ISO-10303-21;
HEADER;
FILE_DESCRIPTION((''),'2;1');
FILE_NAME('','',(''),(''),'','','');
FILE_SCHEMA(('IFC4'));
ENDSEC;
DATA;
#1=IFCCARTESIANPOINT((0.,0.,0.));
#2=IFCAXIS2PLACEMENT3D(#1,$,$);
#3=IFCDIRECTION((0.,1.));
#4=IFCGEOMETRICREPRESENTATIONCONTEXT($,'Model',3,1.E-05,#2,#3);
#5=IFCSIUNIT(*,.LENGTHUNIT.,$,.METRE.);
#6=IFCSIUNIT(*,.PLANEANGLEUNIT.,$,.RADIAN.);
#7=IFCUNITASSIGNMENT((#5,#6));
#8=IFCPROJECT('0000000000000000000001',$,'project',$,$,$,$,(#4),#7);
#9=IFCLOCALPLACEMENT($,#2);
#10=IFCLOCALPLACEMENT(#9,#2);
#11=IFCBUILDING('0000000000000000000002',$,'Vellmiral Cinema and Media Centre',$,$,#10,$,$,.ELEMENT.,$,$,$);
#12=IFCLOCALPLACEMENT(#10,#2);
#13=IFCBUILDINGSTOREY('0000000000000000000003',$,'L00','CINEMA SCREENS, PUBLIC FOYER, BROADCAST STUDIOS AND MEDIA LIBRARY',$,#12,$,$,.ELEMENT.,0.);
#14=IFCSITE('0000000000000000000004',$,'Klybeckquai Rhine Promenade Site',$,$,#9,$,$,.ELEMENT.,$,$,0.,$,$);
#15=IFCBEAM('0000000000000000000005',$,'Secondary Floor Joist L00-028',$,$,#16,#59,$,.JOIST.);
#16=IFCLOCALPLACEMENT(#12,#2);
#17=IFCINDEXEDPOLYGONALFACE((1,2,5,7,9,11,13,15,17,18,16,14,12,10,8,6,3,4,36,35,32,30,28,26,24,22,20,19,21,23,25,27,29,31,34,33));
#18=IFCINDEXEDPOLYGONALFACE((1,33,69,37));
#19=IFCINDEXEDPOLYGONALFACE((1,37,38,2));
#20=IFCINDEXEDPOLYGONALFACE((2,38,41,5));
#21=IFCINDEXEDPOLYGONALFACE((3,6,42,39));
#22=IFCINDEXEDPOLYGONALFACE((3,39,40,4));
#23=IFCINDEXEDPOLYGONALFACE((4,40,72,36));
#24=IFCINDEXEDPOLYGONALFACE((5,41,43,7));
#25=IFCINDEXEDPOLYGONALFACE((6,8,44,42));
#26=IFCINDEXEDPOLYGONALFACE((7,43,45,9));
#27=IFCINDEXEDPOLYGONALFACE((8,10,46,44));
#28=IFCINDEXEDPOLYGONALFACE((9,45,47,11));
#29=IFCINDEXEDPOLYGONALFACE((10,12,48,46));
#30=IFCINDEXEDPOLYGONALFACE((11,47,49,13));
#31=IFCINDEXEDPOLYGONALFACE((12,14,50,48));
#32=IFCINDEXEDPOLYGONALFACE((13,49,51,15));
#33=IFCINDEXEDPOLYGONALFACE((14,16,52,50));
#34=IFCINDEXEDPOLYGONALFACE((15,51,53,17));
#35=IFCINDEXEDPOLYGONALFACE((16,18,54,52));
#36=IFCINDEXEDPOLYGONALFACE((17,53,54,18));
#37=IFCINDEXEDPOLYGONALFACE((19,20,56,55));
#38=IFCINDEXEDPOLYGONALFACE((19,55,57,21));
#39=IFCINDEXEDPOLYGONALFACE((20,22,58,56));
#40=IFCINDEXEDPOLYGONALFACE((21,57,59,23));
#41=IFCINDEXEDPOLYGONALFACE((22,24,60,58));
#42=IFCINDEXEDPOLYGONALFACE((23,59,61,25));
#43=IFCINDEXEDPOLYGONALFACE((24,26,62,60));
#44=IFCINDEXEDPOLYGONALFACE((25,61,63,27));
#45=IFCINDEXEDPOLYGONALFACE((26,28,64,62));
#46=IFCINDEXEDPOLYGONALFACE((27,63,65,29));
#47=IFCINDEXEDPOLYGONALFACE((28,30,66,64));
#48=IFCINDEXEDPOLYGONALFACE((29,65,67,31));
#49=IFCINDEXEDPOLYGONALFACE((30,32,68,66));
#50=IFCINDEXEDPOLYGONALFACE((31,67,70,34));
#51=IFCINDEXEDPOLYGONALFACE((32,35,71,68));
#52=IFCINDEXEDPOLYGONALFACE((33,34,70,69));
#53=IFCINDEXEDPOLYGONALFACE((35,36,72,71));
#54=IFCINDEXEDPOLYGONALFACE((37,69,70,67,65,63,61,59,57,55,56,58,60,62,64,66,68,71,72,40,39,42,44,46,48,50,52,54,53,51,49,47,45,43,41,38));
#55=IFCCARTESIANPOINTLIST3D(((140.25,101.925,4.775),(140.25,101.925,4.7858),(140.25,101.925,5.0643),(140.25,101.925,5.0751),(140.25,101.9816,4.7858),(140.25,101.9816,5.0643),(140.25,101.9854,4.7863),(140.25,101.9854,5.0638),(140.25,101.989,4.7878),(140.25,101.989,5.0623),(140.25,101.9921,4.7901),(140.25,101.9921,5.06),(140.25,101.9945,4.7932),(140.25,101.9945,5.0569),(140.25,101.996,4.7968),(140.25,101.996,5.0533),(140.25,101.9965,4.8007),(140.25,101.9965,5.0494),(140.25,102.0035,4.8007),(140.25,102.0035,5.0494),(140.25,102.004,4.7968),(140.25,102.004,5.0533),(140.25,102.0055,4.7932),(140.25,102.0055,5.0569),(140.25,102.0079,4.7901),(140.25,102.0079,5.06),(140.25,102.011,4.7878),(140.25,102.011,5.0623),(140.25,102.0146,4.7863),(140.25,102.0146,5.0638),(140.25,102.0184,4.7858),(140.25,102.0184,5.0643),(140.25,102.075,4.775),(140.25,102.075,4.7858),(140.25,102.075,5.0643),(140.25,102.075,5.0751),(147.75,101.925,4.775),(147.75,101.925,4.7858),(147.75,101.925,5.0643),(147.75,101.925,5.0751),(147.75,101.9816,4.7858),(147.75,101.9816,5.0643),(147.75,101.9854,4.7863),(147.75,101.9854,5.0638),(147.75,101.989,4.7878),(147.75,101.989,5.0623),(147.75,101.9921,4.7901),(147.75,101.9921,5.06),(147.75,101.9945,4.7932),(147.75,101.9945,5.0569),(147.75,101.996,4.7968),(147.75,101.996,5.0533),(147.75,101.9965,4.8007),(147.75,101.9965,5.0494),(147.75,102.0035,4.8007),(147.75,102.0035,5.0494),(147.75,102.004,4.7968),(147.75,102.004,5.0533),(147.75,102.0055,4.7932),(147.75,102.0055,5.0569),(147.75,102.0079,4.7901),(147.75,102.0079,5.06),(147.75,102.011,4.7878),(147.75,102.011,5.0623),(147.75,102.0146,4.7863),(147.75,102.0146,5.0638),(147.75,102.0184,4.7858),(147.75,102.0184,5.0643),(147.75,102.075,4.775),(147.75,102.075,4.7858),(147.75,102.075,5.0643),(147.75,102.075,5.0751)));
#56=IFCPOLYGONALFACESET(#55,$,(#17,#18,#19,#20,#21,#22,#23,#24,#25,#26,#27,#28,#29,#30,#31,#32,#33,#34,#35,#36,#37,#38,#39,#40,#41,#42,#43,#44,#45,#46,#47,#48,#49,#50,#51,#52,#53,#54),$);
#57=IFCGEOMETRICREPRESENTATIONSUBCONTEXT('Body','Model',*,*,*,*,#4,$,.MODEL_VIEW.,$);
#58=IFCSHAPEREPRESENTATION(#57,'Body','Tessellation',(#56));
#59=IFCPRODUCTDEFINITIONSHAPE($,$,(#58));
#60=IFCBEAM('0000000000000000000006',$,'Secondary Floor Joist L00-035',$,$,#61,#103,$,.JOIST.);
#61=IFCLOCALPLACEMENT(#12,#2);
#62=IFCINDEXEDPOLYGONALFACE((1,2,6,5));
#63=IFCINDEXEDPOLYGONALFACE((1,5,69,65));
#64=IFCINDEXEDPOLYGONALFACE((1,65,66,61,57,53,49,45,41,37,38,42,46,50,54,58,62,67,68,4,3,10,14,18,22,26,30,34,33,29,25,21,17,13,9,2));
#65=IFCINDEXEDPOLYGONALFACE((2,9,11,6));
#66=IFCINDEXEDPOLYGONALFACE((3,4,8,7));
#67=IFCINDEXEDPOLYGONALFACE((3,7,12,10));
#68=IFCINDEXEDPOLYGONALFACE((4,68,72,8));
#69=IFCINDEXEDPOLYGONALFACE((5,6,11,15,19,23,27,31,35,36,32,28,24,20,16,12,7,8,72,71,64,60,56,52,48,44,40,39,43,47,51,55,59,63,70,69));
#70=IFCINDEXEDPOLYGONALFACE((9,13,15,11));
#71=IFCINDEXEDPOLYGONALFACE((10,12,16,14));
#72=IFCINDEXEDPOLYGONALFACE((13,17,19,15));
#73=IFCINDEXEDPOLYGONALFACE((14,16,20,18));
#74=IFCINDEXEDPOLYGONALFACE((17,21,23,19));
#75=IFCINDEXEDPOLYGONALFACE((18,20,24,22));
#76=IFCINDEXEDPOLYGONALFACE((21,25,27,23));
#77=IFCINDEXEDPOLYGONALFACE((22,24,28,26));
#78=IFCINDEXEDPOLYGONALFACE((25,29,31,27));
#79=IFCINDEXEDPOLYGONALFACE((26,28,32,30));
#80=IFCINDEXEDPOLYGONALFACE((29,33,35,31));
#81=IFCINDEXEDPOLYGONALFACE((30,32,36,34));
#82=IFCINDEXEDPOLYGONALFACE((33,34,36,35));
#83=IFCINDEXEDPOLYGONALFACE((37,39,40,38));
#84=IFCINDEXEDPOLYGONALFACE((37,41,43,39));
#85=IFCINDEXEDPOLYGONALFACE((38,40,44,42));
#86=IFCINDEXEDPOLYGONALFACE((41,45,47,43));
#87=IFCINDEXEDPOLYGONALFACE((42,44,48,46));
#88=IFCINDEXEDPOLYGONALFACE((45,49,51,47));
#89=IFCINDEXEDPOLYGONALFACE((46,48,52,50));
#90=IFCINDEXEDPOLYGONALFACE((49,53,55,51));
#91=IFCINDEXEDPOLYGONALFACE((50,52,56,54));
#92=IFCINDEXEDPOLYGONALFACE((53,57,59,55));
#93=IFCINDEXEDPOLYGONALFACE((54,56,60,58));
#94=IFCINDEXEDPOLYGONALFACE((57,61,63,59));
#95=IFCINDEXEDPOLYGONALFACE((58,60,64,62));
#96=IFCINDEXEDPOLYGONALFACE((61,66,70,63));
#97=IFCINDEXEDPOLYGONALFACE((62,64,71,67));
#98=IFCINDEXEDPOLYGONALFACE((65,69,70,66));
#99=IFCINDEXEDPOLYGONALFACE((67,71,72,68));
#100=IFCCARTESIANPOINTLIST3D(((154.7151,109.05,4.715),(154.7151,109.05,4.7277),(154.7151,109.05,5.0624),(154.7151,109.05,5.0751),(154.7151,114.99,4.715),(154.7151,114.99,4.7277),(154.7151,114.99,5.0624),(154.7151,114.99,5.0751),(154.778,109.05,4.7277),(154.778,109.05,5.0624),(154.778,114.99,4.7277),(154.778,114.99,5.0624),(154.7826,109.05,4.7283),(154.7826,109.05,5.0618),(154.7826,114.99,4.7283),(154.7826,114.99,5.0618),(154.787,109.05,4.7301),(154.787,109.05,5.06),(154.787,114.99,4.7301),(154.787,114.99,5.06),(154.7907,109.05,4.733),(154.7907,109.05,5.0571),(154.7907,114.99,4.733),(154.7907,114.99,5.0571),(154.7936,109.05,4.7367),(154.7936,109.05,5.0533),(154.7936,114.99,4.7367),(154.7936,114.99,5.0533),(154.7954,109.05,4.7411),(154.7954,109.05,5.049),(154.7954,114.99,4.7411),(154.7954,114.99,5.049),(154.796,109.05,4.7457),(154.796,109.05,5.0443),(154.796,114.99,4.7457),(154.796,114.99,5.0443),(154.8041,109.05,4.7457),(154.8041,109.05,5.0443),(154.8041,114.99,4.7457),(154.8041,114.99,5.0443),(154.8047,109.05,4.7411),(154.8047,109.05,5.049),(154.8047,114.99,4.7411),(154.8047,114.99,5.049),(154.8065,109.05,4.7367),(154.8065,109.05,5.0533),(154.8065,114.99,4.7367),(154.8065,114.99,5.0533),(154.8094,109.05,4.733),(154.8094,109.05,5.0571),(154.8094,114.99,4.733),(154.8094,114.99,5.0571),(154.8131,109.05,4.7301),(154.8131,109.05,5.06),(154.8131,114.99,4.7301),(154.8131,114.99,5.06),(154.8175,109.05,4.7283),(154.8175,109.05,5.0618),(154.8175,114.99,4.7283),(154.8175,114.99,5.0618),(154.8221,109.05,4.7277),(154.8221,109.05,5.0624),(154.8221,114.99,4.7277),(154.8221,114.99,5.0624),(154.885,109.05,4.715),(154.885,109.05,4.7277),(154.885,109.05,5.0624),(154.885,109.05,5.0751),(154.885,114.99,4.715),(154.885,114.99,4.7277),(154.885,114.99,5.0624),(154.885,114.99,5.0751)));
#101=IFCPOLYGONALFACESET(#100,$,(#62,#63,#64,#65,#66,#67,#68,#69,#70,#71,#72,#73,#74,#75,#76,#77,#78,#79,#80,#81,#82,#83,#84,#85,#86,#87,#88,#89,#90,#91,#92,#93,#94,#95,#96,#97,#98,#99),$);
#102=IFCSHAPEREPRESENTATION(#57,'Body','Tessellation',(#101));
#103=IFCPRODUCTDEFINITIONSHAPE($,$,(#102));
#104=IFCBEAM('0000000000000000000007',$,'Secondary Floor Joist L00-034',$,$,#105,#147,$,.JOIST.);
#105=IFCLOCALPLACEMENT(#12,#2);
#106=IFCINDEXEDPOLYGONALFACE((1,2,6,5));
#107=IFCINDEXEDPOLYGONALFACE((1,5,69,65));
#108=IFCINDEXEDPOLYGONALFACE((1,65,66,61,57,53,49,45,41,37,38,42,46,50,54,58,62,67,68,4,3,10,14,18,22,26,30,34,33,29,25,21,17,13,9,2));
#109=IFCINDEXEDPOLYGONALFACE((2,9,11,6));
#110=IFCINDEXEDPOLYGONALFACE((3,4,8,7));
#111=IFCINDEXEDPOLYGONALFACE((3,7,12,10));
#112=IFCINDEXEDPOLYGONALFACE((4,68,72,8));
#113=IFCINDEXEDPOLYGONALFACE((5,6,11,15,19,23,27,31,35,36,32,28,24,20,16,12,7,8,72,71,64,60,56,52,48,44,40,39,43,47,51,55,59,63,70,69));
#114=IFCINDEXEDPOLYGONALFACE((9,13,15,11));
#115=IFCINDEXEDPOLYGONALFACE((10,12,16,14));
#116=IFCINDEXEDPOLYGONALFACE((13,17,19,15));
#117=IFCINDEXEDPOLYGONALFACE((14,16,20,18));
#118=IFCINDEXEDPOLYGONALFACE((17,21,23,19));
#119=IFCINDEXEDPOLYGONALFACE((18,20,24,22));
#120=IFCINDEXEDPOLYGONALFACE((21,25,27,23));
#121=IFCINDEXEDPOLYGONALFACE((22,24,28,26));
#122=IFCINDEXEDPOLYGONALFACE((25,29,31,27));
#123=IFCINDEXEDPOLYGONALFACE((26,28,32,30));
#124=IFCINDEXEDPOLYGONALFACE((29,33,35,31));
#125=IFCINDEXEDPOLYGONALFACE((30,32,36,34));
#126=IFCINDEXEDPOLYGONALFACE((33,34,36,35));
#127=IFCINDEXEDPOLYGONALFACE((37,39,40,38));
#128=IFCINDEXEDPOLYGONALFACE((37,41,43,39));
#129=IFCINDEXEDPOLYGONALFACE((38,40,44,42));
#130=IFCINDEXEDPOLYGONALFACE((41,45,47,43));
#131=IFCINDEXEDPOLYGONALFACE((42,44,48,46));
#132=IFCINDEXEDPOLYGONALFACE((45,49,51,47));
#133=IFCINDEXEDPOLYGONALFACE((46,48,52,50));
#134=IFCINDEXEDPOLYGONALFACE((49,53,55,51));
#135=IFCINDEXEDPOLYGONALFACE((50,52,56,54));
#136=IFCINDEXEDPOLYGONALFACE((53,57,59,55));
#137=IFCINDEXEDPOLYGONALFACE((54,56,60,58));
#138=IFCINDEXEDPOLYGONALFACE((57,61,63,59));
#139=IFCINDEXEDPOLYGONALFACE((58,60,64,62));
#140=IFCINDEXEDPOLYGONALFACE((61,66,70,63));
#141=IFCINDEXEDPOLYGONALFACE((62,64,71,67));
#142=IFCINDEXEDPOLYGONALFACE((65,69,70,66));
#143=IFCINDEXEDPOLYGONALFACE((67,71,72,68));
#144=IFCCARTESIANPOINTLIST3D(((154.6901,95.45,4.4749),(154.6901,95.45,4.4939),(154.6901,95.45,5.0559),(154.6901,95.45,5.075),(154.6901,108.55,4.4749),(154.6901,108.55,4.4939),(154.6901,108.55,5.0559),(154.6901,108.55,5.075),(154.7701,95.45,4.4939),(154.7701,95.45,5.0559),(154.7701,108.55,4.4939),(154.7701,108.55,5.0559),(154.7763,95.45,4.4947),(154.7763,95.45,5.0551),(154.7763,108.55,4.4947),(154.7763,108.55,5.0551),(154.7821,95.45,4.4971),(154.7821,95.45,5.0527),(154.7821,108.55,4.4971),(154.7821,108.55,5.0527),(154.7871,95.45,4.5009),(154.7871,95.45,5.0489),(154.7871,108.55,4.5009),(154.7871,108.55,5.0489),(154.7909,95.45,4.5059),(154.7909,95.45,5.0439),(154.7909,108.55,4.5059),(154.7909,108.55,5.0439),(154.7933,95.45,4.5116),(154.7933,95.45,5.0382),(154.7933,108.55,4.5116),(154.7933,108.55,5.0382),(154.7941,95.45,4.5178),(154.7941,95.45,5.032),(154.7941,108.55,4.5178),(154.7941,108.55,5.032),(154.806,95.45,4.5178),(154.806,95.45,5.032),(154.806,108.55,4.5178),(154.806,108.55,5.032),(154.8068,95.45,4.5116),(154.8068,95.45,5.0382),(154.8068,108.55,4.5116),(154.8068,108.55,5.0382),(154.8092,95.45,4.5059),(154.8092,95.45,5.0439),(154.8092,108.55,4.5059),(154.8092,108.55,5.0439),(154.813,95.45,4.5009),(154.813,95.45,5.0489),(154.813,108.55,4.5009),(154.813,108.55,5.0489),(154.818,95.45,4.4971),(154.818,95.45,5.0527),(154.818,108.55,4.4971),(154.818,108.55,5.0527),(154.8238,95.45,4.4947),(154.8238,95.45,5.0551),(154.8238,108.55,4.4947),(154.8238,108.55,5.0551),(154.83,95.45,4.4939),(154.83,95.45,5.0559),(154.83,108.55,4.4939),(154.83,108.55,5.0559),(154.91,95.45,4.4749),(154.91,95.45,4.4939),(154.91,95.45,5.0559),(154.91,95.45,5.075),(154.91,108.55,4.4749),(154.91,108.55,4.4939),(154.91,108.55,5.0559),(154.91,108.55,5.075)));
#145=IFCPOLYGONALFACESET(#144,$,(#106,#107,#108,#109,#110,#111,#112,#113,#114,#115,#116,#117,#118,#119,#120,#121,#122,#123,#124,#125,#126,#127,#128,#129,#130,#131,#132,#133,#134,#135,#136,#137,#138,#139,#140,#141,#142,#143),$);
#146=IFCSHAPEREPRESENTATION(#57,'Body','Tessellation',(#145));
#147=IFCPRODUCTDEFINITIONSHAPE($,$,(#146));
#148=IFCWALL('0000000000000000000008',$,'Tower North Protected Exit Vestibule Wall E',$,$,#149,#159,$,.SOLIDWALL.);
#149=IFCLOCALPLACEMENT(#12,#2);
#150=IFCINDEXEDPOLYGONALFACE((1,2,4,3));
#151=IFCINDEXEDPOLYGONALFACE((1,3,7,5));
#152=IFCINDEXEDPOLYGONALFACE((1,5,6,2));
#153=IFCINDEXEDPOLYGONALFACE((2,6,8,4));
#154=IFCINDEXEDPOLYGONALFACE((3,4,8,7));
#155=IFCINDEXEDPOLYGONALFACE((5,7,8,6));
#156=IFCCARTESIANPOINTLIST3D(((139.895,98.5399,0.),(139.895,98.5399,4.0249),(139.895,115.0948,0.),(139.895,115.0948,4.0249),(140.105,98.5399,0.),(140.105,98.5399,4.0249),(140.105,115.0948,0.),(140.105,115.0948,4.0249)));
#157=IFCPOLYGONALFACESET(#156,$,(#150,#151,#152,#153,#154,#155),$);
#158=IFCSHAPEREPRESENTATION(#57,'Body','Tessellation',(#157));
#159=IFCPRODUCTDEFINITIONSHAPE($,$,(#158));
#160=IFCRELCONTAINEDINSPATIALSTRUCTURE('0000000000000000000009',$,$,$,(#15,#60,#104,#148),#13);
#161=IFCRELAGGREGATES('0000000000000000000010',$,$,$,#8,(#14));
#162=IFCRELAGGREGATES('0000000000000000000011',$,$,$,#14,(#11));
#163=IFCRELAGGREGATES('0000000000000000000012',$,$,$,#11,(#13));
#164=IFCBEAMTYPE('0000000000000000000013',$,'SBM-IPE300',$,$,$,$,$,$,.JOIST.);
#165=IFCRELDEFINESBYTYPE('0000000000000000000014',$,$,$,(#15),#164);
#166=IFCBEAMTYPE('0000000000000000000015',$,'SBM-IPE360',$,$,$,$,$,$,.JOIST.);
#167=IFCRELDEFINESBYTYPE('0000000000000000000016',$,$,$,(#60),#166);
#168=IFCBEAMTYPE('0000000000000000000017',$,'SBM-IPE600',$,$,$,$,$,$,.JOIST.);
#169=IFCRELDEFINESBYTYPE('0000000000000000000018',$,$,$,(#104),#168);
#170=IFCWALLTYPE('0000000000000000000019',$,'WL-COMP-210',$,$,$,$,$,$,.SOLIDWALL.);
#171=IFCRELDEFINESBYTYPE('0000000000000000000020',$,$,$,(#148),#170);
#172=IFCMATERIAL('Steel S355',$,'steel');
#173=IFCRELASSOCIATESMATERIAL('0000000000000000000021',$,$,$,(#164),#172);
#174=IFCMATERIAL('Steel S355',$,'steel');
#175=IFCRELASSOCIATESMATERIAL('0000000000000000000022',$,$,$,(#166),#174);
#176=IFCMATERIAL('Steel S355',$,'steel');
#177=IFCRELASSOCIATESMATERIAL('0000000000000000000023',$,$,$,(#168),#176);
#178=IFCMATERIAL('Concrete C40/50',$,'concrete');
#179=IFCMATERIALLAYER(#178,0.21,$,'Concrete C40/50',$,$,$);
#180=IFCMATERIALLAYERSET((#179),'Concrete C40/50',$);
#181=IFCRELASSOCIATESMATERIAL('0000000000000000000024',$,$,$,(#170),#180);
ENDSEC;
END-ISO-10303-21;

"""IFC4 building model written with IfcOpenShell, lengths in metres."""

from ifc_helpers import new_model, si_unit, direction, frame, frame_2d, origin, origin_2d, place, context, subcontext, project, spatial, rectangle, i_section, extrude, material, layer, layer_set, material_profile, profile_set, type_object, element, save


model = new_model("IFC4")

# Units and contexts
model_context = context("Model", 3, precision=1e-05, world=origin(), true_north=direction((0.0, 1.0)))
body_context = subcontext(model_context, "Body", "Model", "MODEL_VIEW")
ifc_project = project(units=[si_unit("LENGTHUNIT", "METRE"), si_unit("PLANEANGLEUNIT", "RADIAN")], contexts=[model_context])

# Site, building, storey
site_placement = place(None, origin())
site = spatial("IfcSite", under=ifc_project, at=site_placement, Name="Klybeckquai Rhine Promenade Site", CompositionType="ELEMENT", RefElevation=0.0)
building_placement = place(site_placement, origin())
building = spatial("IfcBuilding", under=site, at=building_placement, Name="Vellmiral Cinema and Media Centre", CompositionType="ELEMENT")
storey_placement = place(building_placement, origin())
storey = spatial("IfcBuildingStorey", under=building, at=storey_placement, Name="L00", Description="CINEMA SCREENS, PUBLIC FOYER, BROADCAST STUDIOS AND MEDIA LIBRARY", CompositionType="ELEMENT", Elevation=0.0)

# Beams
ifc_material_1 = material(Name="Steel S355", Category="steel")
ifc_material_profile_1 = material_profile(ifc_material_1, i_section(OverallWidth=0.1499, OverallDepth=0.3, WebThickness=0.0071, FlangeThickness=0.0107, FilletRadius=0.0149, at=origin_2d()), Name="IPE 300")
ifc_profile_set_1 = profile_set([ifc_material_profile_1], Name="Steel S355")
beam_type_1 = type_object("IfcBeamType", Name="SBM-IPE300", PredefinedType="JOIST", material=ifc_profile_set_1)
beam_1_placement = place(storey_placement, frame((140.25, 102.0, 4.925), z_axis=(1.0, 0.0, 0.0), x_axis=(0.0, 1.0, 0.0)))
element("IfcBeam", 1, at=beam_1_placement, inside=storey, type_object=beam_type_1, Name="Secondary Floor Joist L00-028", PredefinedType="JOIST", context=body_context, shape_type="SweptSolid", body=[
    extrude(i_section(OverallWidth=0.1499, OverallDepth=0.3, WebThickness=0.0071, FlangeThickness=0.0107, FilletRadius=0.0149, at=origin_2d()), origin(), (0.0, 0.0, 1.0), 7.5),
])
ifc_material_2 = material(Name="Steel S355", Category="steel")
ifc_material_profile_2 = material_profile(ifc_material_2, i_section(OverallWidth=0.1699, OverallDepth=0.3601, WebThickness=0.0081, FlangeThickness=0.0127, FilletRadius=0.0181, at=origin_2d()), Name="IPE 360")
ifc_profile_set_2 = profile_set([ifc_material_profile_2], Name="Steel S355")
beam_type_2 = type_object("IfcBeamType", Name="SBM-IPE360", PredefinedType="JOIST", material=ifc_profile_set_2)
beam_2_placement = place(storey_placement, frame((154.8, 109.05, 4.895), z_axis=(0.0, 1.0, 0.0), x_axis=(-1.0, 0.0, 0.0)))
element("IfcBeam", 2, at=beam_2_placement, inside=storey, type_object=beam_type_2, Name="Secondary Floor Joist L00-035", PredefinedType="JOIST", context=body_context, shape_type="SweptSolid", body=[
    extrude(i_section(OverallWidth=0.1699, OverallDepth=0.3601, WebThickness=0.0081, FlangeThickness=0.0127, FilletRadius=0.0181, at=origin_2d()), origin(), (0.0, 0.0, 1.0), 5.9399),
])
ifc_material_3 = material(Name="Steel S355", Category="steel")
ifc_material_profile_3 = material_profile(ifc_material_3, i_section(OverallWidth=0.22, OverallDepth=0.6001, WebThickness=0.012, FlangeThickness=0.019, FilletRadius=0.0239, at=origin_2d()), Name="IPE 600")
ifc_profile_set_3 = profile_set([ifc_material_profile_3], Name="Steel S355")
beam_type_3 = type_object("IfcBeamType", Name="SBM-IPE600", PredefinedType="JOIST", material=ifc_profile_set_3)
beam_3_placement = place(storey_placement, frame((154.8, 95.45, 4.7749), z_axis=(0.0, 1.0, 0.0), x_axis=(-1.0, 0.0, 0.0)))
element("IfcBeam", 3, at=beam_3_placement, inside=storey, type_object=beam_type_3, Name="Secondary Floor Joist L00-034", PredefinedType="JOIST", context=body_context, shape_type="SweptSolid", body=[
    extrude(i_section(OverallWidth=0.22, OverallDepth=0.6001, WebThickness=0.012, FlangeThickness=0.019, FilletRadius=0.0239, at=origin_2d()), origin(), (0.0, 0.0, 1.0), 13.1001),
])

# Wall
ifc_material_4 = material(Name="Concrete C40/50", Category="concrete")
ifc_layer_1 = layer(ifc_material_4, 0.21, Name="Concrete C40/50")
ifc_layer_set_1 = layer_set([ifc_layer_1], Name="Concrete C40/50")
wall_type_1 = type_object("IfcWallType", Name="WL-COMP-210", PredefinedType="SOLIDWALL", material=ifc_layer_set_1)
wall_1_placement = place(storey_placement, frame((140.0, 98.54, 0.0), z_axis=(0.0, 0.0, 1.0), x_axis=(0.0, 1.0, 0.0)))
element("IfcWall", 4, at=wall_1_placement, inside=storey, type_object=wall_type_1, Name="Tower North Protected Exit Vestibule Wall E", PredefinedType="SOLIDWALL", context=body_context, shape_type="SweptSolid", body=[
    extrude(rectangle(XDim=16.5549, YDim=0.21, at=frame_2d((8.2773, 0.0))), origin(), (0.0, 0.0, 1.0), 4.0249),
])

save(model, "model.ifc")
